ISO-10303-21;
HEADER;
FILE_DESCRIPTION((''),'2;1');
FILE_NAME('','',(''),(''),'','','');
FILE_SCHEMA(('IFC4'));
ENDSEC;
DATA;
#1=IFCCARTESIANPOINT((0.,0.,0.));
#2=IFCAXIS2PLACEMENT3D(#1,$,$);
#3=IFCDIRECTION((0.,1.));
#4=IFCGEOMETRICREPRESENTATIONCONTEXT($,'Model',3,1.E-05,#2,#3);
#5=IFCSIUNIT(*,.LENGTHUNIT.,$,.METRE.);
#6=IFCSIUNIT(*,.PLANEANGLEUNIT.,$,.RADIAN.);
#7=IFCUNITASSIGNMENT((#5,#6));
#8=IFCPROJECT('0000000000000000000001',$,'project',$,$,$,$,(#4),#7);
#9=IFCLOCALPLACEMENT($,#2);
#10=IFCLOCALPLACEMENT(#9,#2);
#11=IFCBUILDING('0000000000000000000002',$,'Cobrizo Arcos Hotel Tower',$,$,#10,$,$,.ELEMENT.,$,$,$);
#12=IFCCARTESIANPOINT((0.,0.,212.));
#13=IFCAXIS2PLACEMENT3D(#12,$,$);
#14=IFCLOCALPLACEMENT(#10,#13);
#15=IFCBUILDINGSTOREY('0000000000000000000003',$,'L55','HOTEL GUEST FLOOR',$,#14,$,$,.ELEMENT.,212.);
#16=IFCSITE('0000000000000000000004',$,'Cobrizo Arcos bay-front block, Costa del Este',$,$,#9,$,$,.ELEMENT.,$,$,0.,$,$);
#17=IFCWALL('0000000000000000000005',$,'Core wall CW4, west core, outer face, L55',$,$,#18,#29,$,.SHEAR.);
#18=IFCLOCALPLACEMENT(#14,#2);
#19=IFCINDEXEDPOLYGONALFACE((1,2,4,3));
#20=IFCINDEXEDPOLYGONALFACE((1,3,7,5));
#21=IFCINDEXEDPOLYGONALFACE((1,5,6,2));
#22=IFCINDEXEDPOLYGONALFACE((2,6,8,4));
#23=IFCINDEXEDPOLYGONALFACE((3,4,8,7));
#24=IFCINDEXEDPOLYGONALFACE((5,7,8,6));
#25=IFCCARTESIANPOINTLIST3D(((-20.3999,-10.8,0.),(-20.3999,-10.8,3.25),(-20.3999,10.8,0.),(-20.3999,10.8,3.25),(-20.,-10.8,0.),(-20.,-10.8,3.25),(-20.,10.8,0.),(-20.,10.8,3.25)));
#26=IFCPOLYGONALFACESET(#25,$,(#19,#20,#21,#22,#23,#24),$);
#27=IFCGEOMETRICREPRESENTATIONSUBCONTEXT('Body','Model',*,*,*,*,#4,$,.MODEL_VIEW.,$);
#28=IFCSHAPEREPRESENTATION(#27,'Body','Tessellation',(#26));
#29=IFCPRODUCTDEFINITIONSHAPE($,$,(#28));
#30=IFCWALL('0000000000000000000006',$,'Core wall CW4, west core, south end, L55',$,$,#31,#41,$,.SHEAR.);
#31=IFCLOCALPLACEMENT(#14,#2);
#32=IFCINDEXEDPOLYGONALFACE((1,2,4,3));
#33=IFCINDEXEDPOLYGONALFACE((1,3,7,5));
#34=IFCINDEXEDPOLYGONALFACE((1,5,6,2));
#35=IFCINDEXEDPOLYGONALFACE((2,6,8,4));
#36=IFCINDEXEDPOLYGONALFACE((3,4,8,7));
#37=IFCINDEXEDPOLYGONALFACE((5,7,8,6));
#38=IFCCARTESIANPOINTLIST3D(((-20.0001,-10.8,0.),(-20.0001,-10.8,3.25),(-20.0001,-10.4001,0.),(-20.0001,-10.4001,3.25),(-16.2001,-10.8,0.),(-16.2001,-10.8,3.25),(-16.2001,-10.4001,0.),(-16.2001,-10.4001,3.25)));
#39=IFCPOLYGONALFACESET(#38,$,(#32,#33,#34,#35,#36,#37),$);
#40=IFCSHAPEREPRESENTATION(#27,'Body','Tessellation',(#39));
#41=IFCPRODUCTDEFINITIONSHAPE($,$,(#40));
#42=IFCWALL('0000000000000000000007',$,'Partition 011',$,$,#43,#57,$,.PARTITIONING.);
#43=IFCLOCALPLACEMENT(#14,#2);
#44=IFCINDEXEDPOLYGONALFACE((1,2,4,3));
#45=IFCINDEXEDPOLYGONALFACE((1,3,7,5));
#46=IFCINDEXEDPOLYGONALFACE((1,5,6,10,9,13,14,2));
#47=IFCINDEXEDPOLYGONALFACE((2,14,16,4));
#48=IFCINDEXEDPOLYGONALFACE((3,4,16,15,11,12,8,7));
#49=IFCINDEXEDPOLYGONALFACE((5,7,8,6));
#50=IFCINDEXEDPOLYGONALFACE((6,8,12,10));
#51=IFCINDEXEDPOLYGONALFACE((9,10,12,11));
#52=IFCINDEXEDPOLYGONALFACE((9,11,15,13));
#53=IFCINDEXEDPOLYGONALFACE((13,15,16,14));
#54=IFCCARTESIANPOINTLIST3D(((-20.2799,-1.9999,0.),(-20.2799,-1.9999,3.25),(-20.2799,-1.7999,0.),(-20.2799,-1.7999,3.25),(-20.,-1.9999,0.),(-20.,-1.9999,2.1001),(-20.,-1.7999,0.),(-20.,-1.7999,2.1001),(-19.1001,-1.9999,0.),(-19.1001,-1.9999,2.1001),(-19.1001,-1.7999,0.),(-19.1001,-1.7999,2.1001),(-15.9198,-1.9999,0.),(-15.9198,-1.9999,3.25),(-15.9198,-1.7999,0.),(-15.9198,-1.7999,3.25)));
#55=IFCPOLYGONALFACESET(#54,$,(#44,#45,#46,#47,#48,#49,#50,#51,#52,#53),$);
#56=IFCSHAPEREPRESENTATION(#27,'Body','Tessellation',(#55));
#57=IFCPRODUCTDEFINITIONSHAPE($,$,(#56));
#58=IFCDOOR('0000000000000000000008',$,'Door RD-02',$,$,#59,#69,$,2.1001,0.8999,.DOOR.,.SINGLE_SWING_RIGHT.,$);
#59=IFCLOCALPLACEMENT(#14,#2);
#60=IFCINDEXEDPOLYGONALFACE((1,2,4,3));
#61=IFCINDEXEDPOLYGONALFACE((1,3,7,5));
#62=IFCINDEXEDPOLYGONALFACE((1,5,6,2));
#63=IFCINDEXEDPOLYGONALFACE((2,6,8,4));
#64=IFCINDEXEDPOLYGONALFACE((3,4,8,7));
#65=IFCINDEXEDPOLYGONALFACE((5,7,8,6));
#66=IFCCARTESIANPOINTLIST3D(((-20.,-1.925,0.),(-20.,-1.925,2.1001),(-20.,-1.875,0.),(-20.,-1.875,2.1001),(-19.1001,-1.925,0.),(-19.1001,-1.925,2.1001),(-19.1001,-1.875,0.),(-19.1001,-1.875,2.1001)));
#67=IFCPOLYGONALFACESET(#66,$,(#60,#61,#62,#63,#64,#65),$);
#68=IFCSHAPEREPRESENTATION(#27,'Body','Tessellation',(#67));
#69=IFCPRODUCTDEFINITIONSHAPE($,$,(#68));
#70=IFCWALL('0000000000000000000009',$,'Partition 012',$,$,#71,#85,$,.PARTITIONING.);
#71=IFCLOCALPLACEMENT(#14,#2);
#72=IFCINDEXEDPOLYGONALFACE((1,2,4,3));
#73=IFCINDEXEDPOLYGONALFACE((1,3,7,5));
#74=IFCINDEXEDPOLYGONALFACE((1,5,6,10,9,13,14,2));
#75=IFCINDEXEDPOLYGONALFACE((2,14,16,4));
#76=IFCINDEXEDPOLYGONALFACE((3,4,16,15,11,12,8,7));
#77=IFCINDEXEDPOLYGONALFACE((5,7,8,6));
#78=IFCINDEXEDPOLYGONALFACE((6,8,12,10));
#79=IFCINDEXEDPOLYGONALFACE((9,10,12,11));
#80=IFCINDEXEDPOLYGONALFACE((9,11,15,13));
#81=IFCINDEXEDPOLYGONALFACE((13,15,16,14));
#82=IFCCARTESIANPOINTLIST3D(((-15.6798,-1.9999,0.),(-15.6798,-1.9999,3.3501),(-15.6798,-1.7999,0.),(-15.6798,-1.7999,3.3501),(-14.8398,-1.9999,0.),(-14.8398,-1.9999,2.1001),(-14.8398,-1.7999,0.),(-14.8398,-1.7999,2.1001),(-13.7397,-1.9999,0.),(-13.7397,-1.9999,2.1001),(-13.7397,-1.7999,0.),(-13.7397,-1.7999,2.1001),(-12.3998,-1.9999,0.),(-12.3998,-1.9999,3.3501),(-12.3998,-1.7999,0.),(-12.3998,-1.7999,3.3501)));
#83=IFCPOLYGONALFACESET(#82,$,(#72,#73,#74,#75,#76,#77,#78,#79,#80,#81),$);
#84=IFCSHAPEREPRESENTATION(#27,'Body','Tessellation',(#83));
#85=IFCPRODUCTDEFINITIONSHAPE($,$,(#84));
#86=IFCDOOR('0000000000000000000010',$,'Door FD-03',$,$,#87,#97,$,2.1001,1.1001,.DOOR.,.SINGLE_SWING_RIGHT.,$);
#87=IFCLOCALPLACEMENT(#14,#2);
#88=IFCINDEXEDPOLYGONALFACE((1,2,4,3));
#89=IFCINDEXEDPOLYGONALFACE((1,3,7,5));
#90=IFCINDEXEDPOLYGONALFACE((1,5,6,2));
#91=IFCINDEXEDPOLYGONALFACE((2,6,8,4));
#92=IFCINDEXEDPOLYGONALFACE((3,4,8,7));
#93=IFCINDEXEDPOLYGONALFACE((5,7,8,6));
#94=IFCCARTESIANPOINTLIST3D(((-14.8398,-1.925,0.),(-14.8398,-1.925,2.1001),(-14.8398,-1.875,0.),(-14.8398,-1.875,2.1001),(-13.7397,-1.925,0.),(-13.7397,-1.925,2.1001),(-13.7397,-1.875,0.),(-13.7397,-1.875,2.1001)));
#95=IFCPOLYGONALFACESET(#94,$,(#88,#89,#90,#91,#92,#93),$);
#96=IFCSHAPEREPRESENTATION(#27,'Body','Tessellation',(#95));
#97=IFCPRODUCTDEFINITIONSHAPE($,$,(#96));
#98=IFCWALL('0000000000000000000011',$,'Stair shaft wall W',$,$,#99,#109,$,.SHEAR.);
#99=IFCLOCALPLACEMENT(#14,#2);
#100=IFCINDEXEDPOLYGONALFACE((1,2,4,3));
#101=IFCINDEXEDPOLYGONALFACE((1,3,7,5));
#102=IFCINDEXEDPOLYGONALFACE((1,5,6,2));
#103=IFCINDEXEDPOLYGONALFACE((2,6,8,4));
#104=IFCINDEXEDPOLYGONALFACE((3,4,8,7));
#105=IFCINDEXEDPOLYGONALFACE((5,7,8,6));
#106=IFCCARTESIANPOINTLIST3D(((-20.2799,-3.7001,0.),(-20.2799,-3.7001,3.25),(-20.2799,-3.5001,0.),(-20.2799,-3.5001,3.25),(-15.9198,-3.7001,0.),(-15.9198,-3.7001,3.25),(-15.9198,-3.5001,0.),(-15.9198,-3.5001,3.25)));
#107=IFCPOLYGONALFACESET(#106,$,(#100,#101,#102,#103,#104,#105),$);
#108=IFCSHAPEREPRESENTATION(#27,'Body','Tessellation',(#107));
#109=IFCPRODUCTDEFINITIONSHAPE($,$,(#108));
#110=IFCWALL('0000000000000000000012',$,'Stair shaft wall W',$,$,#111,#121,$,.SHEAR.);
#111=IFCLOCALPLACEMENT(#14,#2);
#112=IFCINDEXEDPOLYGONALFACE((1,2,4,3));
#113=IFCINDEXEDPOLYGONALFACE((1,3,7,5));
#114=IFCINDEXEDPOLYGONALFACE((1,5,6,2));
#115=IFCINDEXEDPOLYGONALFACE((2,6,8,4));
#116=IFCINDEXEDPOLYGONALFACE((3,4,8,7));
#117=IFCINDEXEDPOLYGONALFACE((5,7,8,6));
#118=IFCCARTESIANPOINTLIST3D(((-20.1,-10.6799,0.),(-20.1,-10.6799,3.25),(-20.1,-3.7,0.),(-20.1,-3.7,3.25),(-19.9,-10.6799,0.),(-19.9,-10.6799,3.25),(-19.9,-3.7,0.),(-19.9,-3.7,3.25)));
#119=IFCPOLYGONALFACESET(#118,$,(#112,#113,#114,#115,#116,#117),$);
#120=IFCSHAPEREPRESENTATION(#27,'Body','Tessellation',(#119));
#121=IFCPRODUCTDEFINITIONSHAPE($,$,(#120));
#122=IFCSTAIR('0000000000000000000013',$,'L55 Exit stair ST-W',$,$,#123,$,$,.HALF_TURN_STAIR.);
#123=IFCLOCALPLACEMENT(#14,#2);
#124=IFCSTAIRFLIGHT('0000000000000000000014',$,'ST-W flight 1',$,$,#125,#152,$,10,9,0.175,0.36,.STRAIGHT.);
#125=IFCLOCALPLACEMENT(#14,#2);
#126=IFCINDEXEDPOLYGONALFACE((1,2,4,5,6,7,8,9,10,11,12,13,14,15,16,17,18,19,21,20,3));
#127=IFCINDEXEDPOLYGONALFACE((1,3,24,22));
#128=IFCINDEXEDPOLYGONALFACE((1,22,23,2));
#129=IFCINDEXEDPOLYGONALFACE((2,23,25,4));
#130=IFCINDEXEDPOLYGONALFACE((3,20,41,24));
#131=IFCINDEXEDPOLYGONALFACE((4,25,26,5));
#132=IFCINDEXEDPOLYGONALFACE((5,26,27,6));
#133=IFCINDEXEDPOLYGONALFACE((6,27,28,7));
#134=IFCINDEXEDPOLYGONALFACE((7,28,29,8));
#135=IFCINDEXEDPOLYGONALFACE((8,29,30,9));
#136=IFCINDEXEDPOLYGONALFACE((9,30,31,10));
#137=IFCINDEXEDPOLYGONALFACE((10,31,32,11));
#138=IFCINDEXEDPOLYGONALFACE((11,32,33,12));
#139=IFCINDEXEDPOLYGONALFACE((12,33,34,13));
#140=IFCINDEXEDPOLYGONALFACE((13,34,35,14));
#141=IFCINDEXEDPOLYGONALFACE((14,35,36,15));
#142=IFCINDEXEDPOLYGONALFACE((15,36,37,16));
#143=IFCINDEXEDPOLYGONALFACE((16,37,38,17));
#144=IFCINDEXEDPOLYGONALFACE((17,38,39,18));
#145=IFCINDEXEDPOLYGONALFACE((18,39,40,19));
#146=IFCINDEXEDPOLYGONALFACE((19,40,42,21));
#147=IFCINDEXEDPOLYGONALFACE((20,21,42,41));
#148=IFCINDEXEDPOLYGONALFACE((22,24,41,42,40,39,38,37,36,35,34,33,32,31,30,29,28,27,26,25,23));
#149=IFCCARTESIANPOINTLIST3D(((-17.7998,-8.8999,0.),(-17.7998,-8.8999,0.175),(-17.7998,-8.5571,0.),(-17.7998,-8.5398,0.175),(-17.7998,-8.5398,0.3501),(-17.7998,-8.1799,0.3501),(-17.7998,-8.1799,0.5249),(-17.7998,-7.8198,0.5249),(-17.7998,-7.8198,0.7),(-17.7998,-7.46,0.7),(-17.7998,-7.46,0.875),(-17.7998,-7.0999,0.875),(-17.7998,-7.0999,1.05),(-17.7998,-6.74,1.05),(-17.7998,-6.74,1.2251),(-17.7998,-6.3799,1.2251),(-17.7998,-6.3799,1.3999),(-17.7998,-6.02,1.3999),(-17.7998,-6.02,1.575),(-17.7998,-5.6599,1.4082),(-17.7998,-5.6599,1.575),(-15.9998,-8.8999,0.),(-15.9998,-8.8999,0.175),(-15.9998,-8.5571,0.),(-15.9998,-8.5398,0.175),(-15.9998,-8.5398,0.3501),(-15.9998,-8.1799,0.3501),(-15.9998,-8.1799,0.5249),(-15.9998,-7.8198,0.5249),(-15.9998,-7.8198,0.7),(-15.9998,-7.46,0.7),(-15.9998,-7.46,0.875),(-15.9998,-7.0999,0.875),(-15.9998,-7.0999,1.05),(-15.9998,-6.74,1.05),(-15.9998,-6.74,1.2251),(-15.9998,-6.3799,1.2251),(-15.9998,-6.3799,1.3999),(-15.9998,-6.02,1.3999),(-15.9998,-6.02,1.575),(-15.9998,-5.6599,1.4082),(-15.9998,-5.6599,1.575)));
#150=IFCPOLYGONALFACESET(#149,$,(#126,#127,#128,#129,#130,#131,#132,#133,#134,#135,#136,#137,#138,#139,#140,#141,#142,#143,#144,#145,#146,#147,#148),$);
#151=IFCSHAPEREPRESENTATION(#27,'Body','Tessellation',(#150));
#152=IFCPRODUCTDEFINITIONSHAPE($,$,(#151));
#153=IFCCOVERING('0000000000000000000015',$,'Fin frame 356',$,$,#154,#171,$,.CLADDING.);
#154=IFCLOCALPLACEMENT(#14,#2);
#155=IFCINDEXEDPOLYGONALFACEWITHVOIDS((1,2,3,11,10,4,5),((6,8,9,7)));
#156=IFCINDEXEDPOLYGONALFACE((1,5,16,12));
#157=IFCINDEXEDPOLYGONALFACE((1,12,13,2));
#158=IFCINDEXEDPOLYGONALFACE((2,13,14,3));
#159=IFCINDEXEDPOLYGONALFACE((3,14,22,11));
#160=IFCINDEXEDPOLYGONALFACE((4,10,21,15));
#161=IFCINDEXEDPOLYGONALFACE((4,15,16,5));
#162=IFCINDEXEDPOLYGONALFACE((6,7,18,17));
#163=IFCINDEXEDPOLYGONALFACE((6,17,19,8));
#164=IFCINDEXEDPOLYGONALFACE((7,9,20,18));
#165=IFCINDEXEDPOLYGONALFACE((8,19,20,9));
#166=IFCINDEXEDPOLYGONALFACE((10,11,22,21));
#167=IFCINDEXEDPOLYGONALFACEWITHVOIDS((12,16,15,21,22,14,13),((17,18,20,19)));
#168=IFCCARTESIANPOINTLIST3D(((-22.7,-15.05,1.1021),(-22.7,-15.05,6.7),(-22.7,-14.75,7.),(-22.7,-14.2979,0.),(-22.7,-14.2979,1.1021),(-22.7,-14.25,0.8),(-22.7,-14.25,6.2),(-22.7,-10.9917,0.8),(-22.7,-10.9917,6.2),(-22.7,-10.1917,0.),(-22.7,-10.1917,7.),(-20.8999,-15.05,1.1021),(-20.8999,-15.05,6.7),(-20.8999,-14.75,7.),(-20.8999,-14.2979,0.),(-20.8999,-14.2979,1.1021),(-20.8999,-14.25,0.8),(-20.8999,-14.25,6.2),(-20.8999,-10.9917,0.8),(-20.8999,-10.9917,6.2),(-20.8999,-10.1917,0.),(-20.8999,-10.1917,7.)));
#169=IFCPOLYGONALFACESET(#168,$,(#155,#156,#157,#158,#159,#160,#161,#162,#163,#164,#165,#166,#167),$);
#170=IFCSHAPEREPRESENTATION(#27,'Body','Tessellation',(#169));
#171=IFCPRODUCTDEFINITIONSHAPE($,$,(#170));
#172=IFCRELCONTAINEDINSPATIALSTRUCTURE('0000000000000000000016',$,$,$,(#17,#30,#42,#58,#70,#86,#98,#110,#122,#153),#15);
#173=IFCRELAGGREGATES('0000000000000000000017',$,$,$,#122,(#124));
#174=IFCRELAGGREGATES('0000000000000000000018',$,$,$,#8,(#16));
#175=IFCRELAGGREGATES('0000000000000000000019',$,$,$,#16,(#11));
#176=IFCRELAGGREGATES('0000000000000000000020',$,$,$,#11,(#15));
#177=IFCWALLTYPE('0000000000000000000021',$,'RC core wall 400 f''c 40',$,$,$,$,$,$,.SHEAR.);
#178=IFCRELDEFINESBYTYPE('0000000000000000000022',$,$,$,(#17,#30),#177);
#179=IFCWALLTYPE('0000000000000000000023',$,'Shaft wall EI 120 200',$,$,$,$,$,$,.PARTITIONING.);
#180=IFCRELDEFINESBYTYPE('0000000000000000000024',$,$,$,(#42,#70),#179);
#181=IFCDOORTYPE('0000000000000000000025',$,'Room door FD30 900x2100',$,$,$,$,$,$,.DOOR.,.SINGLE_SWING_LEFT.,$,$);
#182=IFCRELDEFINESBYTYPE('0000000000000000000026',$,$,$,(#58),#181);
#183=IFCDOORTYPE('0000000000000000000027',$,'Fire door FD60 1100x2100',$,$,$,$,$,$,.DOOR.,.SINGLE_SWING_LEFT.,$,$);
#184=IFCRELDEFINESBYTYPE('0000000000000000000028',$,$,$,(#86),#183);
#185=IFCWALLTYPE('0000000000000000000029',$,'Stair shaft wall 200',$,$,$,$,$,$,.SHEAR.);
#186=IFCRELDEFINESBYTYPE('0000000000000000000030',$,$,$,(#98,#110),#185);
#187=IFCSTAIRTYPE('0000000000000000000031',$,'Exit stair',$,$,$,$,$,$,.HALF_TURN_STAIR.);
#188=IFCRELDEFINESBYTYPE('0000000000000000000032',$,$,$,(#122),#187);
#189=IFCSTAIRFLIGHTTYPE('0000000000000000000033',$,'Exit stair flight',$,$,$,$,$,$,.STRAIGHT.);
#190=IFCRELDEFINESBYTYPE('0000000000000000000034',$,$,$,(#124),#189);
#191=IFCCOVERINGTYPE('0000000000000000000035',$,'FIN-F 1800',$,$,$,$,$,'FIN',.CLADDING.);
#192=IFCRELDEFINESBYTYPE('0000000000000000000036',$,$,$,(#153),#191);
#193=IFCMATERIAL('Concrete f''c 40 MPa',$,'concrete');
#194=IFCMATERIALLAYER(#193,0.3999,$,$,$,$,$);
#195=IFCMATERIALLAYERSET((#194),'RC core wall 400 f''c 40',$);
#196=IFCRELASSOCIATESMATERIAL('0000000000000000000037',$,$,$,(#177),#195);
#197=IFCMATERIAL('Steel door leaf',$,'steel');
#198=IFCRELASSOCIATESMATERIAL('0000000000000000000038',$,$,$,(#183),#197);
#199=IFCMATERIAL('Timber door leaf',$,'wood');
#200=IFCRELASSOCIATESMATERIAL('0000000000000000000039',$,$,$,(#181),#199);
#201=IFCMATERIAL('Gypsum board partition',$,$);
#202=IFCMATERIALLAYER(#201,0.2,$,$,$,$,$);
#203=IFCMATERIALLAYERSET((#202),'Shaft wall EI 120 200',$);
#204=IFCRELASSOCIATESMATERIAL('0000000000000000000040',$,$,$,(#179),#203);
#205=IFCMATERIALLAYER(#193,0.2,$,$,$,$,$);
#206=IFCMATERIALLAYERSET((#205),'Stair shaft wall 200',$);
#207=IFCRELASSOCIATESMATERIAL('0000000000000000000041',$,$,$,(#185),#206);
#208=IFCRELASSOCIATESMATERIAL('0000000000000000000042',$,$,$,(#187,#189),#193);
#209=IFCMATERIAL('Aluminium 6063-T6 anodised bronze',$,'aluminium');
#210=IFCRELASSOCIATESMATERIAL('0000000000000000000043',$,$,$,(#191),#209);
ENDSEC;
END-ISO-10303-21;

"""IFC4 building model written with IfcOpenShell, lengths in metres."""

from ifc_helpers import new_model, si_unit, direction, frame, frame_2d, origin, place, context, subcontext, project, spatial, polyline, rectangle, outline, extrude, material, layer, layer_set, type_object, element, fill, aggregate, save


model = new_model("IFC4")

# Units and contexts
model_context = context("Model", 3, precision=1e-05, world=origin(), true_north=direction((0.0, 1.0)))
body_context = subcontext(model_context, "Body", "Model", "MODEL_VIEW")
ifc_project = project(units=[si_unit("LENGTHUNIT", "METRE"), si_unit("PLANEANGLEUNIT", "RADIAN")], contexts=[model_context])

# Site, building, storey
site_placement = place(None, origin())
site = spatial("IfcSite", under=ifc_project, at=site_placement, Name="Cobrizo Arcos bay-front block, Costa del Este", CompositionType="ELEMENT", RefElevation=0.0)
building_placement = place(site_placement, origin())
building = spatial("IfcBuilding", under=site, at=building_placement, Name="Cobrizo Arcos Hotel Tower", CompositionType="ELEMENT")
storey_placement = place(building_placement, frame((0.0, 0.0, 212.0)))
storey = spatial("IfcBuildingStorey", under=building, at=storey_placement, Name="L55", Description="HOTEL GUEST FLOOR", CompositionType="ELEMENT", Elevation=212.0)

# Shared definitions
ifc_material_1 = material(Name="Concrete f'c 40 MPa", Category="concrete")
ifc_layer_1 = layer(ifc_material_1, 0.3999)
ifc_layer_set_1 = layer_set([ifc_layer_1], Name="RC core wall 400 f'c 40")
wall_type_1 = type_object("IfcWallType", Name="RC core wall 400 f'c 40", PredefinedType="SHEAR", material=ifc_layer_set_1)
ifc_material_2 = material(Name="Steel door leaf", Category="steel")
door_type_1 = type_object("IfcDoorType", Name="Fire door FD60 1100x2100", OperationType="SINGLE_SWING_LEFT", PredefinedType="DOOR", material=ifc_material_2)
ifc_material_3 = material(Name="Timber door leaf", Category="wood")
door_type_2 = type_object("IfcDoorType", Name="Room door FD30 900x2100", OperationType="SINGLE_SWING_LEFT", PredefinedType="DOOR", material=ifc_material_3)

# Walls
wall_1_placement = place(storey_placement, frame((-20.2, -10.8, 0.0), z_axis=(0.0, 0.0, 1.0), x_axis=(0.0, 1.0, 0.0)))
element("IfcWall", 1, at=wall_1_placement, inside=storey, type_object=wall_type_1, Name="Core wall CW4, west core, outer face, L55", PredefinedType="SHEAR", context=body_context, shape_type="SweptSolid", body=[
    extrude(rectangle(XDim=21.6001, YDim=0.3999, at=frame_2d((10.8, 0.0))), origin(), (0.0, 0.0, 1.0), 3.25),
])
wall_2_placement = place(storey_placement, frame((-20.0, -10.6001, 0.0), z_axis=(0.0, 0.0, 1.0), x_axis=(1.0, 0.0, 0.0)))
element("IfcWall", 2, at=wall_2_placement, inside=storey, type_object=wall_type_1, Name="Core wall CW4, west core, south end, L55", PredefinedType="SHEAR", context=body_context, shape_type="SweptSolid", body=[
    extrude(rectangle(XDim=3.8, YDim=0.3999, at=frame_2d((1.8999, 0.0))), origin(), (0.0, 0.0, 1.0), 3.25),
])

# Walls, openings, doors
ifc_material_4 = material(Name="Gypsum board partition")
ifc_layer_2 = layer(ifc_material_4, 0.2)
ifc_layer_set_2 = layer_set([ifc_layer_2], Name="Shaft wall EI 120 200")
wall_type_2 = type_object("IfcWallType", Name="Shaft wall EI 120 200", PredefinedType="PARTITIONING", material=ifc_layer_set_2)
wall_3_placement = place(storey_placement, frame((-20.28, -1.8999, 0.0), z_axis=(0.0, 0.0, 1.0), x_axis=(1.0, 0.0, 0.0)))
wall_3 = element("IfcWall", 3, at=wall_3_placement, inside=storey, type_object=wall_type_2, Name="Partition 011", PredefinedType="PARTITIONING", context=body_context, shape_type="SweptSolid", body=[
    extrude(rectangle(XDim=4.3601, YDim=0.2, at=frame_2d((2.1802, 0.0))), origin(), (0.0, 0.0, 1.0), 3.25),
])
opening_1_placement = place(wall_3_placement, frame((0.28, 0.0, 0.0)))
opening_1 = element("IfcOpeningElement", 4, at=opening_1_placement, cuts=wall_3, PredefinedType="OPENING", context=body_context, shape_type="SweptSolid", body=[
    extrude(rectangle(XDim=0.8999, YDim=2.1001, at=frame_2d((0.45, 1.05))), frame((0.0, 0.1121, 0.0), z_axis=(0.0, -1.0, 0.0), x_axis=(1.0, 0.0, 0.0)), (0.0, 0.0, 1.0), 0.2239),
])
door_1_placement = place(opening_1_placement, origin())
door_1 = element("IfcDoor", 5, at=door_1_placement, inside=storey, type_object=door_type_2, Name="Door RD-02", OperationType="SINGLE_SWING_RIGHT", OverallHeight=2.1001, OverallWidth=0.8999, PredefinedType="DOOR", context=body_context, shape_type="SweptSolid", body=[
    extrude(rectangle(XDim=0.8999, YDim=2.1001, at=frame_2d((0.45, 1.05))), frame((0.0, 0.0249, 0.0), z_axis=(0.0, -1.0, 0.0), x_axis=(1.0, 0.0, 0.0)), (0.0, 0.0, 1.0), 0.05),
])
fill(opening_1, door_1)
wall_4_placement = place(storey_placement, frame((-15.6799, -1.8999, 0.0), z_axis=(0.0, 0.0, 1.0), x_axis=(1.0, 0.0, 0.0)))
wall_4 = element("IfcWall", 6, at=wall_4_placement, inside=storey, type_object=wall_type_2, Name="Partition 012", PredefinedType="PARTITIONING", context=body_context, shape_type="SweptSolid", body=[
    extrude(rectangle(XDim=3.28, YDim=0.2, at=frame_2d((1.6401, 0.0))), origin(), (0.0, 0.0, 1.0), 3.3501),
])
opening_2_placement = place(wall_4_placement, frame((0.8401, 0.0, 0.0)))
opening_2 = element("IfcOpeningElement", 7, at=opening_2_placement, cuts=wall_4, PredefinedType="OPENING", context=body_context, shape_type="SweptSolid", body=[
    extrude(rectangle(XDim=1.1001, YDim=2.1001, at=frame_2d((0.55, 1.05))), frame((0.0, 0.1121, 0.0), z_axis=(0.0, -1.0, 0.0), x_axis=(1.0, 0.0, 0.0)), (0.0, 0.0, 1.0), 0.2239),
])
door_2_placement = place(opening_2_placement, origin())
door_2 = element("IfcDoor", 8, at=door_2_placement, inside=storey, type_object=door_type_1, Name="Door FD-03", OperationType="SINGLE_SWING_RIGHT", OverallHeight=2.1001, OverallWidth=1.1001, PredefinedType="DOOR", context=body_context, shape_type="SweptSolid", body=[
    extrude(rectangle(XDim=1.1001, YDim=2.1001, at=frame_2d((0.55, 1.05))), frame((0.0, 0.0249, 0.0), z_axis=(0.0, -1.0, 0.0), x_axis=(1.0, 0.0, 0.0)), (0.0, 0.0, 1.0), 0.05),
])
fill(opening_2, door_2)

# Walls
ifc_layer_3 = layer(ifc_material_1, 0.2)
ifc_layer_set_3 = layer_set([ifc_layer_3], Name="Stair shaft wall 200")
wall_type_3 = type_object("IfcWallType", Name="Stair shaft wall 200", PredefinedType="SHEAR", material=ifc_layer_set_3)
wall_5_placement = place(storey_placement, frame((-20.28, -3.6001, 0.0), z_axis=(0.0, 0.0, 1.0), x_axis=(1.0, 0.0, 0.0)))
element("IfcWall", 9, at=wall_5_placement, inside=storey, type_object=wall_type_3, Name="Stair shaft wall W", PredefinedType="SHEAR", context=body_context, shape_type="SweptSolid", body=[
    extrude(rectangle(XDim=4.3601, YDim=0.2, at=frame_2d((2.1802, 0.0))), origin(), (0.0, 0.0, 1.0), 3.25),
])
wall_6_placement = place(storey_placement, frame((-20.0, -10.6799, 0.0), z_axis=(0.0, 0.0, 1.0), x_axis=(0.0, 1.0, 0.0)))
element("IfcWall", 10, at=wall_6_placement, inside=storey, type_object=wall_type_3, Name="Stair shaft wall W", PredefinedType="SHEAR", context=body_context, shape_type="SweptSolid", body=[
    extrude(rectangle(XDim=6.98, YDim=0.2, at=frame_2d((3.49, 0.0))), origin(), (0.0, 0.0, 1.0), 3.25),
])

# Stair, stair flight
stair_type = type_object("IfcStairType", Name="Exit stair", PredefinedType="HALF_TURN_STAIR", material=ifc_material_1)
stair_placement = place(storey_placement, origin())
stair = element("IfcStair", 11, at=stair_placement, inside=storey, type_object=stair_type, Name="L55 Exit stair ST-W", PredefinedType="HALF_TURN_STAIR")
stair_flight_type = type_object("IfcStairFlightType", Name="Exit stair flight", PredefinedType="STRAIGHT", material=ifc_material_1)
stair_flight_placement = place(storey_placement, frame((-16.8999, -8.8999, 0.0), z_axis=(0.0, 0.0, 1.0), x_axis=(0.0, 1.0, 0.0)))
stair_flight = element("IfcStairFlight", 12, at=stair_flight_placement, type_object=stair_flight_type, Name="ST-W flight 1", NumberOfRisers=10, NumberOfTreads=9, PredefinedType="STRAIGHT", RiserHeight=0.175, TreadLength=0.36, context=body_context, shape_type="SweptSolid", body=[
    extrude(outline(polyline([(0.0, 0.0), (0.0, 0.175), (0.3601, 0.175), (0.3601, 0.3501), (0.72, 0.3501), (0.72, 0.5249), (1.0801, 0.5249), (1.0801, 0.7), (1.4399, 0.7), (1.4399, 0.875), (1.8, 0.875), (1.8, 1.05), (2.1599, 1.05), (2.1599, 1.2251), (2.52, 1.2251), (2.52, 1.3999), (2.8799, 1.3999), (2.8799, 1.575), (3.24, 1.575), (3.24, 1.75), (3.24, 1.4082), (0.3428, 0.0), (0.0, 0.0)])), frame((0.0, 0.8999, 0.0), z_axis=(0.0, -1.0, 0.0), x_axis=(1.0, 0.0, 0.0)), (0.0, 0.0, 1.0), 1.8),
])
aggregate(stair, [stair_flight])

# Covering
ifc_material_5 = material(Name="Aluminium 6063-T6 anodised bronze", Category="aluminium")
covering_type = type_object("IfcCoveringType", Name="FIN-F 1800", ElementType="FIN", PredefinedType="CLADDING", material=ifc_material_5)
covering_placement = place(storey_placement, frame((-20.8999, -10.1917, 0.0), z_axis=(-1.0, 0.0, 0.0), x_axis=(0.0, -1.0, 0.0)))
element("IfcCovering", 13, at=covering_placement, inside=storey, type_object=covering_type, Name="Fin frame 356", PredefinedType="CLADDING", context=body_context, shape_type="SweptSolid", body=[
    extrude(outline(polyline([(0.0, 0.0), (4.1062, 0.0), (4.1062, 1.1021), (4.8584, 1.1021), (4.8584, 6.7), (4.5583, 7.0), (0.0, 7.0), (0.0, 0.0)]), holes=[polyline([(4.0583, 0.8), (0.8, 0.8), (0.8, 6.2), (4.0583, 6.2), (4.0583, 0.8)])]), origin(), (0.0, 0.0, 1.0), 1.8),
])

save(model, "model.ifc")
